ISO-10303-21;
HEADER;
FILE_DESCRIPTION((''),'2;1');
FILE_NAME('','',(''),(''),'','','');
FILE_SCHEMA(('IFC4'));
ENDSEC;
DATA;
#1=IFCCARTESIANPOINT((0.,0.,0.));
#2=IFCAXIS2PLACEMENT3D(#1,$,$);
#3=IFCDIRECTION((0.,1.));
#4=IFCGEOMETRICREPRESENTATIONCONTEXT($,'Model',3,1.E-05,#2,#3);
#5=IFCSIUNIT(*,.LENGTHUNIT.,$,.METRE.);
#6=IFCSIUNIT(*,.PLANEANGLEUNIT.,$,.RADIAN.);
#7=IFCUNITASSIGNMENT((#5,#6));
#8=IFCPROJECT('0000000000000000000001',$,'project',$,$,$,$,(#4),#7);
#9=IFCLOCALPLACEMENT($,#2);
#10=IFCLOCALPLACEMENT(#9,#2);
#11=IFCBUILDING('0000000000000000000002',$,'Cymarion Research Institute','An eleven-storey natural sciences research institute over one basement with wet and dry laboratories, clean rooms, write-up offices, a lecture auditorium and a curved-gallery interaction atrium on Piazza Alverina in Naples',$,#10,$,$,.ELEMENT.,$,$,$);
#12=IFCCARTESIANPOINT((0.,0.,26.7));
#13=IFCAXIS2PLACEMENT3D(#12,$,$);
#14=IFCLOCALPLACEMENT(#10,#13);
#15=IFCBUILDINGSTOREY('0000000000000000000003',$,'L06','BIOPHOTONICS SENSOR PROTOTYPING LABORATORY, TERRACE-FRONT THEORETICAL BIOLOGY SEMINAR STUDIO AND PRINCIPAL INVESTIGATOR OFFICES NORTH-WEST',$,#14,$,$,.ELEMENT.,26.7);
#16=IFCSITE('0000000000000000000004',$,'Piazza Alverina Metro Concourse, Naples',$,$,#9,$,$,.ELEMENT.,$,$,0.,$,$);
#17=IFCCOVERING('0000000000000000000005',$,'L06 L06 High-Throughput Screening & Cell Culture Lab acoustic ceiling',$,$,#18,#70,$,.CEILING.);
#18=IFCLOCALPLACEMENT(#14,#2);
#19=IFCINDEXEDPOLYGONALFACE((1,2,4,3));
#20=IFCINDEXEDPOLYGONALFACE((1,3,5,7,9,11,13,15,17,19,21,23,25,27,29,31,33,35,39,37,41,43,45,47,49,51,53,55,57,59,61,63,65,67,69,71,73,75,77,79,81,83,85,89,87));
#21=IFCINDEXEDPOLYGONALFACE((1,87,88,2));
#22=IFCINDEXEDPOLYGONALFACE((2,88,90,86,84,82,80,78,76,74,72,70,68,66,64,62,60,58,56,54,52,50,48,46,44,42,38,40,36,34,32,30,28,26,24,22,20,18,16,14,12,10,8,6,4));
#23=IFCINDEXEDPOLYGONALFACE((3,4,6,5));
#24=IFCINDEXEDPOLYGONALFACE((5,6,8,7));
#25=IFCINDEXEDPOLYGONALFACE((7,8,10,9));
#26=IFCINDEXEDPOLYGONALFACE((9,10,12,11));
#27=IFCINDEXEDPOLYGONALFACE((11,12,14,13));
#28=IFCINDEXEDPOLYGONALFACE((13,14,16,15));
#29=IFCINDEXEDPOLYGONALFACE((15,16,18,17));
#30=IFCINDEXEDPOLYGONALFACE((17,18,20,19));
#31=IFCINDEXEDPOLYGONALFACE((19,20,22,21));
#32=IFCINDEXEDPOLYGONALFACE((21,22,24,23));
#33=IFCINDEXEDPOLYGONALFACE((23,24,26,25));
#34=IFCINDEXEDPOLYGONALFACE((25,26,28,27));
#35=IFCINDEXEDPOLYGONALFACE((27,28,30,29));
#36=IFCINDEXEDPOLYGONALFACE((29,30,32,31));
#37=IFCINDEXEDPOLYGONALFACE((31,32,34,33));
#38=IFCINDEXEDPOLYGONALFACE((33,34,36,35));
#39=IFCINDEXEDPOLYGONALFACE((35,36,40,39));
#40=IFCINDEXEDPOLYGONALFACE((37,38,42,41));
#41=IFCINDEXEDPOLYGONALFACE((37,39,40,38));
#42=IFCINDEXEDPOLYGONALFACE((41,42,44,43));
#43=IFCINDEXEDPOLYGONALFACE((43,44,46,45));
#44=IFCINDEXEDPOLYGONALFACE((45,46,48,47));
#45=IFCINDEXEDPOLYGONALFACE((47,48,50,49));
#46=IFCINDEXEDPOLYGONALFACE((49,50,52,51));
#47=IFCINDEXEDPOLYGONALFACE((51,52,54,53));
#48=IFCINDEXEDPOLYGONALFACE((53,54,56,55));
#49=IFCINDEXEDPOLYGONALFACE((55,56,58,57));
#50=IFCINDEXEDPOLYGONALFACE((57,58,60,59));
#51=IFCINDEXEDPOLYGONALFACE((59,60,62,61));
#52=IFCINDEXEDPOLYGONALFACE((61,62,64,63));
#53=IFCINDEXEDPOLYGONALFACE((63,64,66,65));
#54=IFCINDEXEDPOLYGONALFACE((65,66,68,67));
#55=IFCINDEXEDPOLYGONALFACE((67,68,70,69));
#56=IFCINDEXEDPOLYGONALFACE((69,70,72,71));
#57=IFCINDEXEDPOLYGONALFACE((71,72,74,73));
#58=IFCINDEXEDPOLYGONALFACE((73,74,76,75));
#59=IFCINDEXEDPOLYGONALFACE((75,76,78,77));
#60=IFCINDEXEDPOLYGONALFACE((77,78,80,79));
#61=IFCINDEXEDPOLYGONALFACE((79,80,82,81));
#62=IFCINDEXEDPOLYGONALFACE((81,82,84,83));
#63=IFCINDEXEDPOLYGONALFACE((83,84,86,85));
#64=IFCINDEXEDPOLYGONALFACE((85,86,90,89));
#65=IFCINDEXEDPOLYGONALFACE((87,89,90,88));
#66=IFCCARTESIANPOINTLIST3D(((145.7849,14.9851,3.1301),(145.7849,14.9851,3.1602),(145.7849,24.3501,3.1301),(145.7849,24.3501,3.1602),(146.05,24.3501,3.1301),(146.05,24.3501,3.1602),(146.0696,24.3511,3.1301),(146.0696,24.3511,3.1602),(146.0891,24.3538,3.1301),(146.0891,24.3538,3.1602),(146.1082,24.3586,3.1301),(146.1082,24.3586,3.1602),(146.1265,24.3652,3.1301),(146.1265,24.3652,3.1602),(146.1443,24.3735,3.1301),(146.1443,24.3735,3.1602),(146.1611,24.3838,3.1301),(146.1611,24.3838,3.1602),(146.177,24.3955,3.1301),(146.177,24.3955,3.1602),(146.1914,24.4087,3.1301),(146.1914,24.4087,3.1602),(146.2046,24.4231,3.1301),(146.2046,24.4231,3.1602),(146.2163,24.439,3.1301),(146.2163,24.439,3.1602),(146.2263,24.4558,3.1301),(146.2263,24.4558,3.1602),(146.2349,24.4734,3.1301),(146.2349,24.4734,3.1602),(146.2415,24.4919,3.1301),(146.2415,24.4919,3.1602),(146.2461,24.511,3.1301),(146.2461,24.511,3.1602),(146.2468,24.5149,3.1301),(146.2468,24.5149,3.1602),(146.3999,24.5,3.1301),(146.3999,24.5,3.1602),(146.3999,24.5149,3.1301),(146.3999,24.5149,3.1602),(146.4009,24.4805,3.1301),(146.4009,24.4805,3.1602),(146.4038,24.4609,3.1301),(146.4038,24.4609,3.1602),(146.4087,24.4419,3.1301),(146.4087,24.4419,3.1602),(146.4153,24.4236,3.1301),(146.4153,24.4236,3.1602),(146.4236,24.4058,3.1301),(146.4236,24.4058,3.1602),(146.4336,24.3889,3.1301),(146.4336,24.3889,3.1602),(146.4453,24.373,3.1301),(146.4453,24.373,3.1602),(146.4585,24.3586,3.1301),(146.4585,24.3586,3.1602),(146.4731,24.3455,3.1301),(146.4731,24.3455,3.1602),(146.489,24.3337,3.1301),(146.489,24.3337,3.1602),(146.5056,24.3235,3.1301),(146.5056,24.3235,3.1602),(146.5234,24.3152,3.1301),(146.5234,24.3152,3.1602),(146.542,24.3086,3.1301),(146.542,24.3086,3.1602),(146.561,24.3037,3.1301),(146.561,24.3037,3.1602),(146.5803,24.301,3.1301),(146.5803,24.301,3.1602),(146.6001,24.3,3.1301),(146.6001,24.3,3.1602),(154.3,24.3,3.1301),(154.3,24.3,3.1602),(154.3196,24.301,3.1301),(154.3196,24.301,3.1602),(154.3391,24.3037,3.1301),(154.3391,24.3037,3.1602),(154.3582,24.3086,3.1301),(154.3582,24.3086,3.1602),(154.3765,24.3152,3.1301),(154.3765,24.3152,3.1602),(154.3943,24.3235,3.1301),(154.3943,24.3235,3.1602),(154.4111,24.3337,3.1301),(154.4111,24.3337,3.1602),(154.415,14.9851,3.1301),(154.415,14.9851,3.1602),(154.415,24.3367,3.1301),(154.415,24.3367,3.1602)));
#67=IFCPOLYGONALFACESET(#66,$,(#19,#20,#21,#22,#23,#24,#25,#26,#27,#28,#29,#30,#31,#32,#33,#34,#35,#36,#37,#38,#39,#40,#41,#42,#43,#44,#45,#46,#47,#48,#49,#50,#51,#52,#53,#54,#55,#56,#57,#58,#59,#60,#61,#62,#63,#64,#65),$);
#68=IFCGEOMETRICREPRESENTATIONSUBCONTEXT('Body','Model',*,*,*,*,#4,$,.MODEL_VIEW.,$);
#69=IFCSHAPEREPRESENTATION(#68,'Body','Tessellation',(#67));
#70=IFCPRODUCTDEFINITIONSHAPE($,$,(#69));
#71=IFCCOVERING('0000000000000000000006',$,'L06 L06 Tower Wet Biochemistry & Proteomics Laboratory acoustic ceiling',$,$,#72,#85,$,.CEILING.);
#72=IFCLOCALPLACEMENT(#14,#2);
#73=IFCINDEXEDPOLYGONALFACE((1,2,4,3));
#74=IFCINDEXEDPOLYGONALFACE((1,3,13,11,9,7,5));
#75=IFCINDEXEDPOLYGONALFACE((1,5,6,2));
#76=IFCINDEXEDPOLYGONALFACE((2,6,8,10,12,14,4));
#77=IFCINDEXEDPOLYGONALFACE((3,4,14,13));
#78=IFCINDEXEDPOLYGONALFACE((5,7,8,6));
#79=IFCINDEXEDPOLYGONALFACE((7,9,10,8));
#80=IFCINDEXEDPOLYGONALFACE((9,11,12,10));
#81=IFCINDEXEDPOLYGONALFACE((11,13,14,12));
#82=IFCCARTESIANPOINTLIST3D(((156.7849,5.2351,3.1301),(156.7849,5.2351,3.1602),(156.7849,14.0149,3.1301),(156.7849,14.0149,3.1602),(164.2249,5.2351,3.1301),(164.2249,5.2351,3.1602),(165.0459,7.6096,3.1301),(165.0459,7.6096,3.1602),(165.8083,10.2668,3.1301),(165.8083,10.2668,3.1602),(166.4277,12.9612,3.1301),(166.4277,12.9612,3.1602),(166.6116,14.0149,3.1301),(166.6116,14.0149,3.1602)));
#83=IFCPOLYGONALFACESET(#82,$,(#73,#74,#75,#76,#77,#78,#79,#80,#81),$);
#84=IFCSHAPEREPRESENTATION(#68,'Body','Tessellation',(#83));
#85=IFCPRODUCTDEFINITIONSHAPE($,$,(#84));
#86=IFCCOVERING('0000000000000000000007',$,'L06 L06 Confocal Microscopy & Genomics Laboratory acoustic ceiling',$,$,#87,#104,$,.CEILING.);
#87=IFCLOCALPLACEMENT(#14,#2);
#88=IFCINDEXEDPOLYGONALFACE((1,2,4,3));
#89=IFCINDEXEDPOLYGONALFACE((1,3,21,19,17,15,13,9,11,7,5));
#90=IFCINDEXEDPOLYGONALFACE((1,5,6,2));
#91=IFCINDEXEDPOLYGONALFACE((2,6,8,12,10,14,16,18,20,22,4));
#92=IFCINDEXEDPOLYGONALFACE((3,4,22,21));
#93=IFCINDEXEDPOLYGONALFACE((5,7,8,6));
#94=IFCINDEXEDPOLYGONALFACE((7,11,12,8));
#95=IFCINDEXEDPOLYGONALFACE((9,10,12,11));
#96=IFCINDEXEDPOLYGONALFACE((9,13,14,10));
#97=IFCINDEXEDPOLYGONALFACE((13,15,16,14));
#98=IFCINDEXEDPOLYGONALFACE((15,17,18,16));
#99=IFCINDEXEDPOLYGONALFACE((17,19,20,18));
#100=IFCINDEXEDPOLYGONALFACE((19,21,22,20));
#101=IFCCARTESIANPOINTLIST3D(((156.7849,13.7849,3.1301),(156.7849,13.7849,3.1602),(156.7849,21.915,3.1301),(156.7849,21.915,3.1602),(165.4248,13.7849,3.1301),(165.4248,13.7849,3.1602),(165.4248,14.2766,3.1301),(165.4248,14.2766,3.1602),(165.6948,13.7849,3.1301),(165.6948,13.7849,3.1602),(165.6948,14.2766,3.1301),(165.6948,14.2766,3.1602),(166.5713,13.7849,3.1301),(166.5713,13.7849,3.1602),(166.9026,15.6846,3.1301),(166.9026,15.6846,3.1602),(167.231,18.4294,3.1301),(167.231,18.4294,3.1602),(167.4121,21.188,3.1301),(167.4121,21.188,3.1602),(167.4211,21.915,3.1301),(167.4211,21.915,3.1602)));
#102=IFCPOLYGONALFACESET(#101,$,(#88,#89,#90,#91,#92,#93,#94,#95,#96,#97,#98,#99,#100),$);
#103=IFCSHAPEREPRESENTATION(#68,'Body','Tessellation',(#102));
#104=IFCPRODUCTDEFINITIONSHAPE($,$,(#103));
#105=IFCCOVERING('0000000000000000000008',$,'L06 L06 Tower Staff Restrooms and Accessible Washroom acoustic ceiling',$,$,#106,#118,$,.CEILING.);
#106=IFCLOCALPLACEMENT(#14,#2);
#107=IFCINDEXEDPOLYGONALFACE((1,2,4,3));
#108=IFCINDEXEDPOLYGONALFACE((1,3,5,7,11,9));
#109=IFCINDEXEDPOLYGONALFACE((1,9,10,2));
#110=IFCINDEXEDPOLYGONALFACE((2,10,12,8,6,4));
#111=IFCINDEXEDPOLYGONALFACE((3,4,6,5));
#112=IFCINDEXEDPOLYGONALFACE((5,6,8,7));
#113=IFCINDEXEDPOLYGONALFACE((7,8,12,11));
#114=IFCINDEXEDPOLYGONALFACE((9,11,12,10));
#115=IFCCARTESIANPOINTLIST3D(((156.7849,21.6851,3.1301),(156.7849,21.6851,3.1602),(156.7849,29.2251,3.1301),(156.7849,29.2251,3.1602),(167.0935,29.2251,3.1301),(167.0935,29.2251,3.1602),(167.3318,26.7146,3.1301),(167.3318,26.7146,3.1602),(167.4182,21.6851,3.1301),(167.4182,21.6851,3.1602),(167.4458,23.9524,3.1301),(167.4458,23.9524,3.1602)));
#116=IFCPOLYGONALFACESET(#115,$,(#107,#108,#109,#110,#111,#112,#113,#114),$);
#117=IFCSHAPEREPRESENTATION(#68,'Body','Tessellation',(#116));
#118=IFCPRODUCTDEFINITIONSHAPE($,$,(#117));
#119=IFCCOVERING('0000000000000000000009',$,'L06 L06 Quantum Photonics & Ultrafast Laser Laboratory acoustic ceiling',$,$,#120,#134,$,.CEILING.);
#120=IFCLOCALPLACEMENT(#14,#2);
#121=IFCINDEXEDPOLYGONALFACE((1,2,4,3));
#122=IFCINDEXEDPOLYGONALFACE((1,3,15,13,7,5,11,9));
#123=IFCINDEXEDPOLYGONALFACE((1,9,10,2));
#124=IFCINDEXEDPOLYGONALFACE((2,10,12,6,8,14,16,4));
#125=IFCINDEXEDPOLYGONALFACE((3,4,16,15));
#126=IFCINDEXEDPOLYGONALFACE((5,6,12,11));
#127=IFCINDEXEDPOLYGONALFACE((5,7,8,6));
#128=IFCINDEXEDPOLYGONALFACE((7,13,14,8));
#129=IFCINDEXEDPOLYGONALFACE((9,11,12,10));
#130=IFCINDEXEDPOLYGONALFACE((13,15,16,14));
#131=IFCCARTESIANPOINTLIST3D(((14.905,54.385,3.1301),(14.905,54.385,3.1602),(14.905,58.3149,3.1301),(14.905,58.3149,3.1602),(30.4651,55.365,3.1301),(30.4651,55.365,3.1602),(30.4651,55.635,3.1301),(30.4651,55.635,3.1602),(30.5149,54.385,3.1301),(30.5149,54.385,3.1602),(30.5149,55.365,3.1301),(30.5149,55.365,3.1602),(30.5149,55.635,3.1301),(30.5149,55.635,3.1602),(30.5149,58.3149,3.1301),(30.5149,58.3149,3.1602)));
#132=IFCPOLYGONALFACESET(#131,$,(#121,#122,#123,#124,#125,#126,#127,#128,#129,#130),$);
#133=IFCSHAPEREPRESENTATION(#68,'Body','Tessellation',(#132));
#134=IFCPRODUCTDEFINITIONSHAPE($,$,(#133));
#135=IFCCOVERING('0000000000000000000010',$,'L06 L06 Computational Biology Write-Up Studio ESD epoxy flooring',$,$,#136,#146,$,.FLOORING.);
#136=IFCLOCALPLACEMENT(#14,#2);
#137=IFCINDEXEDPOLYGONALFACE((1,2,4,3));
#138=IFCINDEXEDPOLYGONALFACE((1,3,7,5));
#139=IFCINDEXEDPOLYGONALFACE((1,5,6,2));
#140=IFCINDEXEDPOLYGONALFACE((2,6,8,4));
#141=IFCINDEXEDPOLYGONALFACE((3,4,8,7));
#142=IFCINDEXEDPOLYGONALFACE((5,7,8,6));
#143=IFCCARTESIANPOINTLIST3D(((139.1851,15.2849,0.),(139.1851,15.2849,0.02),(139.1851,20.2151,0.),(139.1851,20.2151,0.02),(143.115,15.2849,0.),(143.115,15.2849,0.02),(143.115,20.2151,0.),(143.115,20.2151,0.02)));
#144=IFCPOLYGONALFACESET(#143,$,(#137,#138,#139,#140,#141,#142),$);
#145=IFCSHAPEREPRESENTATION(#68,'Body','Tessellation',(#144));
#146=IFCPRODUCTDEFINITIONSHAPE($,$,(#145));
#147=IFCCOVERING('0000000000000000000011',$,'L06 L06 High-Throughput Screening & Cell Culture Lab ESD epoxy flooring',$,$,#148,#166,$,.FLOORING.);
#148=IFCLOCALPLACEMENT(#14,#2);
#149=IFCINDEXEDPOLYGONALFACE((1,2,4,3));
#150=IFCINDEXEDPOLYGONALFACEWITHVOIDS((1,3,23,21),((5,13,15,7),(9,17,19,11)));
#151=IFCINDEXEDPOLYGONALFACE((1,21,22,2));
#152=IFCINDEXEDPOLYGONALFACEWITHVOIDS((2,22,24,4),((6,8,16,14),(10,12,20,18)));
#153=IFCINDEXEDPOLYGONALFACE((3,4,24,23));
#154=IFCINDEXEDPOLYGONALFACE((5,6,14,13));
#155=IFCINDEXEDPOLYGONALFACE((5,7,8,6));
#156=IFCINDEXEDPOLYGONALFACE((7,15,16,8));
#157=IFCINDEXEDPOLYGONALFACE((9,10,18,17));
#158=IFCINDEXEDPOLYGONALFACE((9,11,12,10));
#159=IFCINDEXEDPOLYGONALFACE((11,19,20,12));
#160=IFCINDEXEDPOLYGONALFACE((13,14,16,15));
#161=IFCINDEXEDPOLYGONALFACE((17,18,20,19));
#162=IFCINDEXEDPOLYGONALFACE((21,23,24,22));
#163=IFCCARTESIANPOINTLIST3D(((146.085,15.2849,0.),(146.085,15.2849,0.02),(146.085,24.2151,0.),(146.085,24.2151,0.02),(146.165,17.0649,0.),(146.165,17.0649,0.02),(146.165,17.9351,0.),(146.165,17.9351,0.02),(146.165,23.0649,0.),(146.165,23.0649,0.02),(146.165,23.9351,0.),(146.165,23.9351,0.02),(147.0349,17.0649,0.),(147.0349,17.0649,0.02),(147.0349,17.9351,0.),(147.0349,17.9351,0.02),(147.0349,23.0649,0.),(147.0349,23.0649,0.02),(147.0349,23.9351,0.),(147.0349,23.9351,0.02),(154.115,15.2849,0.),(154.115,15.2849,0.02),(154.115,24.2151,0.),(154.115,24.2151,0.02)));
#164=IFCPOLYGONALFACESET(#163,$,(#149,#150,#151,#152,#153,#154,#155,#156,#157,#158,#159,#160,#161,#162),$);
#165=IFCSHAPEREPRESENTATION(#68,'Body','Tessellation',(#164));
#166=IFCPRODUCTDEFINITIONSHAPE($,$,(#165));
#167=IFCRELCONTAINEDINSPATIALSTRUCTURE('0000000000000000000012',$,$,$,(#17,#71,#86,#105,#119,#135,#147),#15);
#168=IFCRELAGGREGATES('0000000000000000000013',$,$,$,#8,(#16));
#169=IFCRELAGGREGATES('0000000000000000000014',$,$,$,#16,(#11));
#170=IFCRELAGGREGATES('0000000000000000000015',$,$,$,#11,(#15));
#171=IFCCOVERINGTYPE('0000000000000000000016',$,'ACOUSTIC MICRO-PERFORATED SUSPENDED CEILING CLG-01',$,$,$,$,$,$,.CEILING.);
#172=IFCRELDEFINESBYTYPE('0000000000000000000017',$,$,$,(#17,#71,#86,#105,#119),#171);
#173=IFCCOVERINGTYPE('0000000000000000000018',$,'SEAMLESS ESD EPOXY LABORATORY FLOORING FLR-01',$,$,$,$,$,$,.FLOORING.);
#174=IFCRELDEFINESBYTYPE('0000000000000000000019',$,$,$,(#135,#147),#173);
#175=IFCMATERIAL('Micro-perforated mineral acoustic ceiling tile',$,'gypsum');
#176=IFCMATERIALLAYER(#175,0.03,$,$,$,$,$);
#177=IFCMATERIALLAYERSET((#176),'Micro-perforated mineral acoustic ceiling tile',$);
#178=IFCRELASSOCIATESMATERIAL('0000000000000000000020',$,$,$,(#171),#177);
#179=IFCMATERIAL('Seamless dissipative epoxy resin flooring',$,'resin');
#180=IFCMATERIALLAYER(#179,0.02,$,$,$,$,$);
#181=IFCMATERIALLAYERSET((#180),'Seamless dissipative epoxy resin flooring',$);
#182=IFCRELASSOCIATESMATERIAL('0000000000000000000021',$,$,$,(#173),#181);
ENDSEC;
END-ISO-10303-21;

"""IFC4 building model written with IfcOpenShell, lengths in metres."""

from ifc_helpers import new_model, si_unit, direction, frame, origin, place, context, subcontext, project, spatial, polyline, outline, extrude, material, layer, layer_set, type_object, element, save


model = new_model("IFC4")

# Units and contexts
model_context = context("Model", 3, precision=1e-05, world=origin(), true_north=direction((0.0, 1.0)))
body_context = subcontext(model_context, "Body", "Model", "MODEL_VIEW")
ifc_project = project(units=[si_unit("LENGTHUNIT", "METRE"), si_unit("PLANEANGLEUNIT", "RADIAN")], contexts=[model_context])

# Site, building, storey
site_placement = place(None, origin())
site = spatial("IfcSite", under=ifc_project, at=site_placement, Name="Piazza Alverina Metro Concourse, Naples", CompositionType="ELEMENT", RefElevation=0.0)
building_placement = place(site_placement, origin())
building = spatial("IfcBuilding", under=site, at=building_placement, Name="Cymarion Research Institute", Description="An eleven-storey natural sciences research institute over one basement with wet and dry laboratories, clean rooms, write-up offices, a lecture auditorium and a curved-gallery interaction atrium on Piazza Alverina in Naples", CompositionType="ELEMENT")
storey_placement = place(building_placement, frame((0.0, 0.0, 26.7)))
storey = spatial("IfcBuildingStorey", under=building, at=storey_placement, Name="L06", Description="BIOPHOTONICS SENSOR PROTOTYPING LABORATORY, TERRACE-FRONT THEORETICAL BIOLOGY SEMINAR STUDIO AND PRINCIPAL INVESTIGATOR OFFICES NORTH-WEST", CompositionType="ELEMENT", Elevation=26.7)

# Coverings
ifc_material_1 = material(Name="Micro-perforated mineral acoustic ceiling tile", Category="gypsum")
ifc_layer_1 = layer(ifc_material_1, 0.03)
ifc_layer_set_1 = layer_set([ifc_layer_1], Name="Micro-perforated mineral acoustic ceiling tile")
covering_type_1 = type_object("IfcCoveringType", Name="ACOUSTIC MICRO-PERFORATED SUSPENDED CEILING CLG-01", PredefinedType="CEILING", material=ifc_layer_set_1)
covering_1_placement = place(storey_placement, frame((0.0, 0.0, 3.1301)))
element("IfcCovering", 1, at=covering_1_placement, inside=storey, type_object=covering_type_1, Name="L06 L06 High-Throughput Screening & Cell Culture Lab acoustic ceiling", PredefinedType="CEILING", context=body_context, shape_type="SweptSolid", body=[
    extrude(outline(polyline([(146.3999, 24.5149), (146.3999, 24.5), (146.4009, 24.4805), (146.4038, 24.4609), (146.4087, 24.4419), (146.4153, 24.4236), (146.4236, 24.4058), (146.4336, 24.3889), (146.4453, 24.373), (146.4585, 24.3586), (146.4731, 24.3455), (146.489, 24.3337), (146.5056, 24.3235), (146.5234, 24.3152), (146.542, 24.3086), (146.561, 24.3037), (146.5803, 24.301), (146.6001, 24.3), (154.3, 24.3), (154.3196, 24.301), (154.3391, 24.3037), (154.3582, 24.3086), (154.3765, 24.3152), (154.3943, 24.3235), (154.4111, 24.3337), (154.415, 24.3367), (154.415, 14.9851), (145.7849, 14.9851), (145.7849, 24.3501), (146.05, 24.3501), (146.0696, 24.3511), (146.0891, 24.3538), (146.1082, 24.3586), (146.1265, 24.3652), (146.1443, 24.3735), (146.1611, 24.3838), (146.177, 24.3955), (146.1914, 24.4087), (146.2046, 24.4231), (146.2163, 24.439), (146.2263, 24.4558), (146.2349, 24.4734), (146.2415, 24.4919), (146.2461, 24.511), (146.2468, 24.5149), (146.3999, 24.5149)])), origin(), (0.0, 0.0, 1.0), 0.03),
])
covering_2_placement = place(storey_placement, frame((0.0, 0.0, 3.1301)))
element("IfcCovering", 2, at=covering_2_placement, inside=storey, type_object=covering_type_1, Name="L06 L06 Tower Wet Biochemistry & Proteomics Laboratory acoustic ceiling", PredefinedType="CEILING", context=body_context, shape_type="SweptSolid", body=[
    extrude(outline(polyline([(166.6116, 14.0149), (166.4277, 12.9612), (165.8083, 10.2668), (165.0459, 7.6096), (164.2249, 5.2351), (156.7849, 5.2351), (156.7849, 14.0149), (166.6116, 14.0149)])), origin(), (0.0, 0.0, 1.0), 0.03),
])
covering_3_placement = place(storey_placement, frame((0.0, 0.0, 3.1301)))
element("IfcCovering", 3, at=covering_3_placement, inside=storey, type_object=covering_type_1, Name="L06 L06 Confocal Microscopy & Genomics Laboratory acoustic ceiling", PredefinedType="CEILING", context=body_context, shape_type="SweptSolid", body=[
    extrude(outline(polyline([(167.4211, 21.915), (167.4121, 21.188), (167.231, 18.4294), (166.9026, 15.6846), (166.5713, 13.7849), (165.6948, 13.7849), (165.6948, 14.2766), (165.4248, 14.2766), (165.4248, 13.7849), (156.7849, 13.7849), (156.7849, 21.915), (167.4211, 21.915)])), origin(), (0.0, 0.0, 1.0), 0.03),
])
covering_4_placement = place(storey_placement, frame((0.0, 0.0, 3.1301)))
element("IfcCovering", 4, at=covering_4_placement, inside=storey, type_object=covering_type_1, Name="L06 L06 Tower Staff Restrooms and Accessible Washroom acoustic ceiling", PredefinedType="CEILING", context=body_context, shape_type="SweptSolid", body=[
    extrude(outline(polyline([(167.4458, 23.9524), (167.4182, 21.6851), (156.7849, 21.6851), (156.7849, 29.2251), (167.0935, 29.2251), (167.3318, 26.7146), (167.4458, 23.9524)])), origin(), (0.0, 0.0, 1.0), 0.03),
])
covering_5_placement = place(storey_placement, frame((0.0, 0.0, 3.1301)))
element("IfcCovering", 5, at=covering_5_placement, inside=storey, type_object=covering_type_1, Name="L06 L06 Quantum Photonics & Ultrafast Laser Laboratory acoustic ceiling", PredefinedType="CEILING", context=body_context, shape_type="SweptSolid", body=[
    extrude(outline(polyline([(30.5149, 55.365), (30.5149, 54.385), (14.905, 54.385), (14.905, 58.3149), (30.5149, 58.3149), (30.5149, 55.635), (30.4651, 55.635), (30.4651, 55.365), (30.5149, 55.365)])), origin(), (0.0, 0.0, 1.0), 0.03),
])
ifc_material_2 = material(Name="Seamless dissipative epoxy resin flooring", Category="resin")
ifc_layer_2 = layer(ifc_material_2, 0.02)
ifc_layer_set_2 = layer_set([ifc_layer_2], Name="Seamless dissipative epoxy resin flooring")
covering_type_2 = type_object("IfcCoveringType", Name="SEAMLESS ESD EPOXY LABORATORY FLOORING FLR-01", PredefinedType="FLOORING", material=ifc_layer_set_2)
covering_6_placement = place(storey_placement, origin())
element("IfcCovering", 6, at=covering_6_placement, inside=storey, type_object=covering_type_2, Name="L06 L06 Computational Biology Write-Up Studio ESD epoxy flooring", PredefinedType="FLOORING", context=body_context, shape_type="SweptSolid", body=[
    extrude(outline(polyline([(139.1851, 20.2151), (143.115, 20.2151), (143.115, 15.2849), (139.1851, 15.2849), (139.1851, 20.2151)])), origin(), (0.0, 0.0, 1.0), 0.02),
])
covering_7_placement = place(storey_placement, origin())
element("IfcCovering", 7, at=covering_7_placement, inside=storey, type_object=covering_type_2, Name="L06 L06 High-Throughput Screening & Cell Culture Lab ESD epoxy flooring", PredefinedType="FLOORING", context=body_context, shape_type="SweptSolid", body=[
    extrude(outline(polyline([(146.085, 24.2151), (154.115, 24.2151), (154.115, 15.2849), (146.085, 15.2849), (146.085, 24.2151)]), holes=[polyline([(146.165, 17.9351), (146.165, 17.0649), (147.0349, 17.0649), (147.0349, 17.9351), (146.165, 17.9351)]), polyline([(146.165, 23.9351), (146.165, 23.0649), (147.0349, 23.0649), (147.0349, 23.9351), (146.165, 23.9351)])]), origin(), (0.0, 0.0, 1.0), 0.02),
])

save(model, "model.ifc")
